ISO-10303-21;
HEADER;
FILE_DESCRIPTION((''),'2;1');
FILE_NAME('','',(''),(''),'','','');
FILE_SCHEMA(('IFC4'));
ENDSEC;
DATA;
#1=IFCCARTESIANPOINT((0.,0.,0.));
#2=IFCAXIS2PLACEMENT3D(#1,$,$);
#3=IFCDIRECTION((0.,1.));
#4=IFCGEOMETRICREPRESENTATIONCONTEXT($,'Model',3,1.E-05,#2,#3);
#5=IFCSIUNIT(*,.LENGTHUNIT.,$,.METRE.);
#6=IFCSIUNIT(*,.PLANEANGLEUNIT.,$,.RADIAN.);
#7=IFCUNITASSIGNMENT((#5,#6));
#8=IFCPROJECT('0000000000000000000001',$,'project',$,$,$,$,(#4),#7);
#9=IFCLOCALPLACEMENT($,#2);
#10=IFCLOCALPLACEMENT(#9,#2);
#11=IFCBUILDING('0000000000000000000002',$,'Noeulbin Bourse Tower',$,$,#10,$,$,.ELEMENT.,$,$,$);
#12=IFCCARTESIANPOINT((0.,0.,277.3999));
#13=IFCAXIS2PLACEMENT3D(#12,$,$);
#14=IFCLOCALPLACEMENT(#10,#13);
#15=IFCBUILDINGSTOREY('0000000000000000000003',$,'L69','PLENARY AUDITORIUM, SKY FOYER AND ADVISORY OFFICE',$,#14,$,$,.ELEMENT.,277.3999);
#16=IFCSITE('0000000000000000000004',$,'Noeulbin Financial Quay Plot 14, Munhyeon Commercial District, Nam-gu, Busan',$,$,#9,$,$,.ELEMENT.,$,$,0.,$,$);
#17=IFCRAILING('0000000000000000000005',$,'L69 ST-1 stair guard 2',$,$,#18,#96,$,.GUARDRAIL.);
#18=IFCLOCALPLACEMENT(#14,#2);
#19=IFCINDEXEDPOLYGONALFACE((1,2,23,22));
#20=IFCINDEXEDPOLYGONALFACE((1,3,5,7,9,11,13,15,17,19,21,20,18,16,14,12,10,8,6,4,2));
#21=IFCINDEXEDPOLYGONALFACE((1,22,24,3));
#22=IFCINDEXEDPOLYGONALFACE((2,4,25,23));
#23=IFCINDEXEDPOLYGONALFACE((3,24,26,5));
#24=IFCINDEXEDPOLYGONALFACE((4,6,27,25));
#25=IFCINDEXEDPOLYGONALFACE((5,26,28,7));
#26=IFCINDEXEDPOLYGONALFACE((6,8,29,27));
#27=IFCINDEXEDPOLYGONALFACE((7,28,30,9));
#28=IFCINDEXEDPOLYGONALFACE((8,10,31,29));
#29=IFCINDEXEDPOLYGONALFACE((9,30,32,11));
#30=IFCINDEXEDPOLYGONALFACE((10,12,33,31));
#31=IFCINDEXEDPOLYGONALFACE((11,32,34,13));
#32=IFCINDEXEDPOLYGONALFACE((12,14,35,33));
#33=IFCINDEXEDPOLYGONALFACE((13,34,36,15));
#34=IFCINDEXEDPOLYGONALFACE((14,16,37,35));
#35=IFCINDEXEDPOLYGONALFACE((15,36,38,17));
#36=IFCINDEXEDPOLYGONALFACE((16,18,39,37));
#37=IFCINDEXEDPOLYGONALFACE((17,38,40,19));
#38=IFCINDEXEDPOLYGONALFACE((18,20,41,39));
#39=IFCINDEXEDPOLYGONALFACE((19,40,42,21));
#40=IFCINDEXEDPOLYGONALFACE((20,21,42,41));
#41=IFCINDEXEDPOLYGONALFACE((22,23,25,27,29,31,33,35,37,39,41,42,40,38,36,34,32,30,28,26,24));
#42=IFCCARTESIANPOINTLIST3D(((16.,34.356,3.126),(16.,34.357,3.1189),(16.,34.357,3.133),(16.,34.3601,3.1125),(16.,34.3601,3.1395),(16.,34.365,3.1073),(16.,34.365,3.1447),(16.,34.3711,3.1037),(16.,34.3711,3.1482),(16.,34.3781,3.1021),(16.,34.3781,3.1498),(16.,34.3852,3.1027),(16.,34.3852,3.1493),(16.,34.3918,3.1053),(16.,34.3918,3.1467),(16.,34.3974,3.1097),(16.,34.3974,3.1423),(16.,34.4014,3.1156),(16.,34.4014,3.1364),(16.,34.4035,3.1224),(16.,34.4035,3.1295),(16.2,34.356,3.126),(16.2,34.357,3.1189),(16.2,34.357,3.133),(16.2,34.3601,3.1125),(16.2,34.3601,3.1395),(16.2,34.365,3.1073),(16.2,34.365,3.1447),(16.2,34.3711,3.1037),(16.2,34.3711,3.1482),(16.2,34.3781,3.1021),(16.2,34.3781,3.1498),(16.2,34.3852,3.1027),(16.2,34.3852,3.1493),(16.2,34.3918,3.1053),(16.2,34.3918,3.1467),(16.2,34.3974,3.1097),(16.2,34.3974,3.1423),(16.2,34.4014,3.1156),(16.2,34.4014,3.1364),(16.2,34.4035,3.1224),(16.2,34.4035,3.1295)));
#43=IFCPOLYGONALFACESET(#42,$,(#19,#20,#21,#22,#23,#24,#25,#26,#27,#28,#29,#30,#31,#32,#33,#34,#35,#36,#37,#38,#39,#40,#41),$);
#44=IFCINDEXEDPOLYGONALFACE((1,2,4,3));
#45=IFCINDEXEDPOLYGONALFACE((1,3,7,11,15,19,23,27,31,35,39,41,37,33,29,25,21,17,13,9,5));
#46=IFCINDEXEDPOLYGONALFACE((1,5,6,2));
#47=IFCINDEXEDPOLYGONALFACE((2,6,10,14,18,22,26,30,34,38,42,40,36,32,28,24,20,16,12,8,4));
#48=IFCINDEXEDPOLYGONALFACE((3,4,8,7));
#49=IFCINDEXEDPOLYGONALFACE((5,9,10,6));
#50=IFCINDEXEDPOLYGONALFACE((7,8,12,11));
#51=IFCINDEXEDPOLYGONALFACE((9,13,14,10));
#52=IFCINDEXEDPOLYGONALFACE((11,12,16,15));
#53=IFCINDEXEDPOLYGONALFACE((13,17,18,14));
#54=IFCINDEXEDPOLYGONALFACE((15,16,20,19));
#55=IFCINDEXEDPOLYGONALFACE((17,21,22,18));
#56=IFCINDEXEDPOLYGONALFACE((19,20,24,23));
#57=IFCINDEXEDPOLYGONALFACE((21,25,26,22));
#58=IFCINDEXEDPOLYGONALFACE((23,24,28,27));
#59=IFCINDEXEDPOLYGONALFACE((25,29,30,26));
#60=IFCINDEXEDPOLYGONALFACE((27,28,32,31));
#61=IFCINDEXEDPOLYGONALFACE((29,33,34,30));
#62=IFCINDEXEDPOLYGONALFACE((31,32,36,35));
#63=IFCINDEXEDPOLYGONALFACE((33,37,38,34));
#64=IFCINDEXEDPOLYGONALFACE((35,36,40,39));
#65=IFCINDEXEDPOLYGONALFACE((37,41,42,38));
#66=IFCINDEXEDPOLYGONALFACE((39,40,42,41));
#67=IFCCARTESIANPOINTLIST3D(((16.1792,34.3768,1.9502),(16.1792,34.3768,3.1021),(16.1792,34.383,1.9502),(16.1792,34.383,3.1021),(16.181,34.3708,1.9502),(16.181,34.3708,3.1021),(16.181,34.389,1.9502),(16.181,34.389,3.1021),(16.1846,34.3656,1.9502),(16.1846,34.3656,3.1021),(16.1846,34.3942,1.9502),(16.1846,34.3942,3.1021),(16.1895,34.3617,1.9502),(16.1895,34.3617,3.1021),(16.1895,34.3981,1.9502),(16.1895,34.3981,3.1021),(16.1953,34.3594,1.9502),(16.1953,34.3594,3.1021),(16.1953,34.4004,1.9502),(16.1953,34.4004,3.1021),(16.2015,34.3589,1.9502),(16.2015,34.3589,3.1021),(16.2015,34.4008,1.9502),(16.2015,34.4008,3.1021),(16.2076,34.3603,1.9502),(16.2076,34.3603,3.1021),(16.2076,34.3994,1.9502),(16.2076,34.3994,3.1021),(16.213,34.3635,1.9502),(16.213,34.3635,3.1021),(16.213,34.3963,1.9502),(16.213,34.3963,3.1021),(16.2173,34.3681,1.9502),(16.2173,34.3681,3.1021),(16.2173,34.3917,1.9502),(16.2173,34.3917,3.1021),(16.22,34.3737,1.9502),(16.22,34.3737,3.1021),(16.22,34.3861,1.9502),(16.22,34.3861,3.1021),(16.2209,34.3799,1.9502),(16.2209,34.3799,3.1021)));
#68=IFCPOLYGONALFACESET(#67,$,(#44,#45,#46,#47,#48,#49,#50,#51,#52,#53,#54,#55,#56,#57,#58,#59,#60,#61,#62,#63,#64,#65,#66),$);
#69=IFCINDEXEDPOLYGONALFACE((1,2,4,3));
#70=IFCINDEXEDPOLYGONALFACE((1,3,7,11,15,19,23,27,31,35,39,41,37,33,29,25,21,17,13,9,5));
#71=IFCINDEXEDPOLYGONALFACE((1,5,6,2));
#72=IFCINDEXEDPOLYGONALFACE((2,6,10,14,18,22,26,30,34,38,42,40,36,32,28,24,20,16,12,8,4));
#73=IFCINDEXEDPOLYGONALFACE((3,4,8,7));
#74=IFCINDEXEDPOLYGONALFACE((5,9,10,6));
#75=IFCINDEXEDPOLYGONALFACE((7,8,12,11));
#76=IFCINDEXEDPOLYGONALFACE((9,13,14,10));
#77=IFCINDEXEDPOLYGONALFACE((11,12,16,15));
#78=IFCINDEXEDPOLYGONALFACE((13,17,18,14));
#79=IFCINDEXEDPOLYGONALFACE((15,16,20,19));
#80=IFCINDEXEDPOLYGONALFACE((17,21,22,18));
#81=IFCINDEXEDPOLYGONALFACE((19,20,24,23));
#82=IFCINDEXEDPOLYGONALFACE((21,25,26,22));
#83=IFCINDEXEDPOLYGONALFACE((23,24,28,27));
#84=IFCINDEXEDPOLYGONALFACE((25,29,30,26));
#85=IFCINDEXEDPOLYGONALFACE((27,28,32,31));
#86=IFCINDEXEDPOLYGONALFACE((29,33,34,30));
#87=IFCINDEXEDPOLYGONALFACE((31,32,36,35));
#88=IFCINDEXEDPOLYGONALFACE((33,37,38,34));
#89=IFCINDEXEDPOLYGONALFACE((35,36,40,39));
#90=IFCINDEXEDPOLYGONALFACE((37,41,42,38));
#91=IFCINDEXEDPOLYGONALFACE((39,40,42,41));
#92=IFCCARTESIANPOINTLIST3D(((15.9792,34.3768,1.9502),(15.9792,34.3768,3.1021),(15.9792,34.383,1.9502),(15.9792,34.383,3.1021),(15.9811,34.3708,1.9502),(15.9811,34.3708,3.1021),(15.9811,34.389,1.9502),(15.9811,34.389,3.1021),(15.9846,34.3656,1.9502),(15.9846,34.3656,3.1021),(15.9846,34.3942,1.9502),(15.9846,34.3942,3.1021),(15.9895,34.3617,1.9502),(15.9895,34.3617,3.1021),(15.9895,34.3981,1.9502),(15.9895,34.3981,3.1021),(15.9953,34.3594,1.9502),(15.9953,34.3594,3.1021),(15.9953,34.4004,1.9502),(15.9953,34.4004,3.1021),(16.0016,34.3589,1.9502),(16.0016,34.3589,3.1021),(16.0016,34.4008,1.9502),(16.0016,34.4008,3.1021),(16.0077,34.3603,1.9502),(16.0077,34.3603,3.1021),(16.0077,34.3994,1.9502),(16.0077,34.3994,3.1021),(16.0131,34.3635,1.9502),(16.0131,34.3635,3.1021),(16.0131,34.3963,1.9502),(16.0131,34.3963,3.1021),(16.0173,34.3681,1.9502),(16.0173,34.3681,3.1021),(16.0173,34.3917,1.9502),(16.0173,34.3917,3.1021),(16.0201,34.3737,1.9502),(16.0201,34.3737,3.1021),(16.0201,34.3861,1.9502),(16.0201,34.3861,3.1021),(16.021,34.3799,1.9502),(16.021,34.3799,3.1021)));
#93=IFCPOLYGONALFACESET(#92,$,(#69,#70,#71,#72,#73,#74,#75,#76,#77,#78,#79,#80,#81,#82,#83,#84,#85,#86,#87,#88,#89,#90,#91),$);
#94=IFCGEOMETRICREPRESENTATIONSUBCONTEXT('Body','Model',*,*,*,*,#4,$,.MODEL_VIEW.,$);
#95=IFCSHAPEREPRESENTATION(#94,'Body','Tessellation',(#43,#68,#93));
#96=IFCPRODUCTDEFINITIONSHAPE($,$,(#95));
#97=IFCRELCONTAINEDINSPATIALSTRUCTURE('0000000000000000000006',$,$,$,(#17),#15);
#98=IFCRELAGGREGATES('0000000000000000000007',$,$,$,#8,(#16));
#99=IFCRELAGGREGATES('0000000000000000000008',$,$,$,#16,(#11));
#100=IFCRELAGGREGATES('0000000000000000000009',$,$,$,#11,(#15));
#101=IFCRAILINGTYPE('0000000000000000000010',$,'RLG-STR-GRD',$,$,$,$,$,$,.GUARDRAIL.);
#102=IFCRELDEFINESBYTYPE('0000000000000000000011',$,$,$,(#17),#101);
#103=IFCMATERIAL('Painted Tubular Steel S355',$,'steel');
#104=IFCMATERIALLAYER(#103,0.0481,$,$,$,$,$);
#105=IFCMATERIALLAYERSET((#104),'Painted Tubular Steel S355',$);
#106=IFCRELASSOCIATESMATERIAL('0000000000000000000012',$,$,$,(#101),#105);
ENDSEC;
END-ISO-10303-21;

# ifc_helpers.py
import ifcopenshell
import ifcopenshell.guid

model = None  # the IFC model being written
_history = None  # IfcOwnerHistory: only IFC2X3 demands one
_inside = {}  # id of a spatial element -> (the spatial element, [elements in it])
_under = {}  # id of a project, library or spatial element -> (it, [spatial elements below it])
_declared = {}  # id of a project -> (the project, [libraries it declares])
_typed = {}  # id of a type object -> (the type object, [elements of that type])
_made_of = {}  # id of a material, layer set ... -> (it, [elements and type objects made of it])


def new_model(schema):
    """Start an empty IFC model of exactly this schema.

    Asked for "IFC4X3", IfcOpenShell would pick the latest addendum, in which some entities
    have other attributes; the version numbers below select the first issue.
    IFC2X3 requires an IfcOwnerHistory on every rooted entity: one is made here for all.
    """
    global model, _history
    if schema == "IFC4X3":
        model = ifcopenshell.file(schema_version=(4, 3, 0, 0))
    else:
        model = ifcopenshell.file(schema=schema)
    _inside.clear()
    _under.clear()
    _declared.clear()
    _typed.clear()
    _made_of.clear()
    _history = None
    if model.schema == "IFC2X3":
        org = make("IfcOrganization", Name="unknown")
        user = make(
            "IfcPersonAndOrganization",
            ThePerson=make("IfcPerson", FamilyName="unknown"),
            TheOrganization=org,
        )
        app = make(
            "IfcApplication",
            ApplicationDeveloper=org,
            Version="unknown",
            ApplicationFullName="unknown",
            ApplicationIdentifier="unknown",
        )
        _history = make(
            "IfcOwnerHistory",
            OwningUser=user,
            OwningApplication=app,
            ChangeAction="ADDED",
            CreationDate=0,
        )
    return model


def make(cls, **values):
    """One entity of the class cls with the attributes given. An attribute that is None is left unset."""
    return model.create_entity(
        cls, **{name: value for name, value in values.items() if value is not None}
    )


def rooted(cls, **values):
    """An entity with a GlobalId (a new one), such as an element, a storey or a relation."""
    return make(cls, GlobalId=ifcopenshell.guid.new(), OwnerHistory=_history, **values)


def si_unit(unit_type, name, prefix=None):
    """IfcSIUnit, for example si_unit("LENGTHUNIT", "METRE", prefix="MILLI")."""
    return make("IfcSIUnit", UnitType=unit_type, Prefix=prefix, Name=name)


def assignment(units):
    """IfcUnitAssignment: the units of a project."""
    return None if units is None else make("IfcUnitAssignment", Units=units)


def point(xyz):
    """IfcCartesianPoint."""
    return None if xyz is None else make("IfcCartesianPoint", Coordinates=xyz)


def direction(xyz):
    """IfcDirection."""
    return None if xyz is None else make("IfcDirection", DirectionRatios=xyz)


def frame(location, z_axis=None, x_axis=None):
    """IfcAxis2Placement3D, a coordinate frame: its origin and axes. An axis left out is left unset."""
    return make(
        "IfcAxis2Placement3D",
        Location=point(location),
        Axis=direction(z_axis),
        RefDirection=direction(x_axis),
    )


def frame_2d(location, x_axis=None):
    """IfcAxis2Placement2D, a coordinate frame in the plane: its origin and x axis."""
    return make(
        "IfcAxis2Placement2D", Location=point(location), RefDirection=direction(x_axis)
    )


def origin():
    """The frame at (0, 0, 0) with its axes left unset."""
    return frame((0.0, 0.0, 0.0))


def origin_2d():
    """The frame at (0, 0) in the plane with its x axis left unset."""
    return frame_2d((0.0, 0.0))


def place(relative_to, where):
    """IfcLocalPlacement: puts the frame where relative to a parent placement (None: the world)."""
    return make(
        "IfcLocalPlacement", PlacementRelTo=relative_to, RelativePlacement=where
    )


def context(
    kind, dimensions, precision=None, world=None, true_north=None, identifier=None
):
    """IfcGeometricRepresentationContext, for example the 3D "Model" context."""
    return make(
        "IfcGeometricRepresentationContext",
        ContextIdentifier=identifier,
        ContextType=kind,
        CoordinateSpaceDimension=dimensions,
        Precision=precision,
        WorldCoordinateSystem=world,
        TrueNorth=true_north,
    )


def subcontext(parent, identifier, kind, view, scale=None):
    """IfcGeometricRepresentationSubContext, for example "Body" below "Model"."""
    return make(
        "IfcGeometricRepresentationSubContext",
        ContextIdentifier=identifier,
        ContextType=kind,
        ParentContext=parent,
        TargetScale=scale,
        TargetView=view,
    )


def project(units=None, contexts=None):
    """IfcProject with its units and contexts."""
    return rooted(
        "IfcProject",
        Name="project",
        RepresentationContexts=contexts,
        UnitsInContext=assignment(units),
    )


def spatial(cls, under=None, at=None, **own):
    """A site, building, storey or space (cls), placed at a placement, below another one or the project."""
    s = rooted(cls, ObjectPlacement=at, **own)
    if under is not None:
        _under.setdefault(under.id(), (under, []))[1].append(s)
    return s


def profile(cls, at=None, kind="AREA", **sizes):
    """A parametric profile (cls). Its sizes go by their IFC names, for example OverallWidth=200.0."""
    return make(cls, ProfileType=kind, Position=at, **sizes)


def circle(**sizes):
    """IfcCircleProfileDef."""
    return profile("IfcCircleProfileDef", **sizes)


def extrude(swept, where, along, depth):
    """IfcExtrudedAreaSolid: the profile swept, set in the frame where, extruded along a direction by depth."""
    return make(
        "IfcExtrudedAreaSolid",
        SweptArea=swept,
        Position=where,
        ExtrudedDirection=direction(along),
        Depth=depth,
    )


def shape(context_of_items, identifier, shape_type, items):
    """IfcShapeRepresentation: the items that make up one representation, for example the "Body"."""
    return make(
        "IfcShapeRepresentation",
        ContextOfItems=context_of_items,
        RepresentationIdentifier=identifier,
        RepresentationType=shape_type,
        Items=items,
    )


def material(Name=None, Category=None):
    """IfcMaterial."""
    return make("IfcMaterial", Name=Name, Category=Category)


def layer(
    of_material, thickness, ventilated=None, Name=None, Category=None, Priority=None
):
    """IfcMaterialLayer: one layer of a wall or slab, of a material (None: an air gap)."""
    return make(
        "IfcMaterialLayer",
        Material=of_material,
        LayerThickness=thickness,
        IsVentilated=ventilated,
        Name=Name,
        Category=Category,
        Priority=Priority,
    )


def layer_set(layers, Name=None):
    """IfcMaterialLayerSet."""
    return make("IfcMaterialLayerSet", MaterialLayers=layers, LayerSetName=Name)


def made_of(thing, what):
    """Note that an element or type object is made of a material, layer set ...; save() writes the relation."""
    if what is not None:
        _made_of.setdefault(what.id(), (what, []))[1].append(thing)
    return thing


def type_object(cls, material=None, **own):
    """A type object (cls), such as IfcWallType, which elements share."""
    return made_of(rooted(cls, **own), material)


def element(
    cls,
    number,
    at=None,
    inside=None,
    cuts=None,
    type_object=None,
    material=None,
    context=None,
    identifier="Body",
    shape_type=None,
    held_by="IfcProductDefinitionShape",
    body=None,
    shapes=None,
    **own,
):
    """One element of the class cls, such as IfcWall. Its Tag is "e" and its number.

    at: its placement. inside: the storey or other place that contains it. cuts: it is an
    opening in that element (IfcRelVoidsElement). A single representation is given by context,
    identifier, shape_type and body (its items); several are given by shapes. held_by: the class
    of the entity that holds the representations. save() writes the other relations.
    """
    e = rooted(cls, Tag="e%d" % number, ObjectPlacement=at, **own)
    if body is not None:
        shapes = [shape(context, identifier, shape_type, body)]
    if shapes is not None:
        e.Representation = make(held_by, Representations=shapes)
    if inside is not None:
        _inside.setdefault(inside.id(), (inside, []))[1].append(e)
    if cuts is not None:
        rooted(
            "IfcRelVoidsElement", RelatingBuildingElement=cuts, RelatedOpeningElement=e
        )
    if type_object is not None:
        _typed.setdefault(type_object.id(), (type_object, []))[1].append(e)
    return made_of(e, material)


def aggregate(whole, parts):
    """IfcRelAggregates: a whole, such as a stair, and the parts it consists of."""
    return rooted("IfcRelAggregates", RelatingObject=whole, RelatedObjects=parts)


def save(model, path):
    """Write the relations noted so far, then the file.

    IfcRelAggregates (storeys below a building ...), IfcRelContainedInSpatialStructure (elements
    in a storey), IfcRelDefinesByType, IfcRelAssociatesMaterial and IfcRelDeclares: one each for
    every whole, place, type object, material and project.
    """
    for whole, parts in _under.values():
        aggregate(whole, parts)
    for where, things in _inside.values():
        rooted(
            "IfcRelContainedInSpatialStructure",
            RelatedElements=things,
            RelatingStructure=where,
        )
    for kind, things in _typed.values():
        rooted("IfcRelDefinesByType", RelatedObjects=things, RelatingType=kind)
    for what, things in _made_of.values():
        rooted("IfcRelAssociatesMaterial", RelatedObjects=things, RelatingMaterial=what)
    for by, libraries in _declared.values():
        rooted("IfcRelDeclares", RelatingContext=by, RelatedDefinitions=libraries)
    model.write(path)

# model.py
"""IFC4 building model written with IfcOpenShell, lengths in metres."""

from ifc_helpers import new_model, si_unit, direction, frame, origin, origin_2d, place, context, subcontext, project, spatial, circle, extrude, material, layer, layer_set, type_object, element, save


model = new_model("IFC4")

# Units and contexts
model_context = context("Model", 3, precision=1e-05, world=origin(), true_north=direction((0.0, 1.0)))
body_context = subcontext(model_context, "Body", "Model", "MODEL_VIEW")
ifc_project = project(units=[si_unit("LENGTHUNIT", "METRE"), si_unit("PLANEANGLEUNIT", "RADIAN")], contexts=[model_context])

# Site, building, storey
site_placement = place(None, origin())
site = spatial("IfcSite", under=ifc_project, at=site_placement, Name="Noeulbin Financial Quay Plot 14, Munhyeon Commercial District, Nam-gu, Busan", CompositionType="ELEMENT", RefElevation=0.0)
building_placement = place(site_placement, origin())
building = spatial("IfcBuilding", under=site, at=building_placement, Name="Noeulbin Bourse Tower", CompositionType="ELEMENT")
storey_placement = place(building_placement, frame((0.0, 0.0, 277.3999)))
storey = spatial("IfcBuildingStorey", under=building, at=storey_placement, Name="L69", Description="PLENARY AUDITORIUM, SKY FOYER AND ADVISORY OFFICE", CompositionType="ELEMENT", Elevation=277.3999)

# Railing
ifc_material_1 = material(Name="Painted Tubular Steel S355", Category="steel")
ifc_layer_1 = layer(ifc_material_1, 0.0481)
ifc_layer_set_1 = layer_set([ifc_layer_1], Name="Painted Tubular Steel S355")
railing_type_1 = type_object("IfcRailingType", Name="RLG-STR-GRD", PredefinedType="GUARDRAIL", material=ifc_layer_set_1)
railing_1_placement = place(storey_placement, frame((16.2, 34.3799, 1.9502)))
element("IfcRailing", 1, at=railing_1_placement, inside=storey, type_object=railing_type_1, Name="L69 ST-1 stair guard 2", PredefinedType="GUARDRAIL", context=body_context, shape_type="SweptSolid", body=[
    extrude(circle(Radius=0.0239, at=origin_2d()), frame((0.0, 0.0, 1.1758), z_axis=(-1.0, 0.0, 0.0), x_axis=(0.0, -1.0, 0.0)), (0.0, 0.0, 1.0), 0.2),
    extrude(circle(Radius=0.021, at=origin_2d()), origin(), (0.0, 0.0, 1.0), 1.1519),
    extrude(circle(Radius=0.021, at=origin_2d()), frame((-0.2, 0.0, 0.0)), (0.0, 0.0, 1.0), 1.1519),
])

save(model, "model.ifc")
